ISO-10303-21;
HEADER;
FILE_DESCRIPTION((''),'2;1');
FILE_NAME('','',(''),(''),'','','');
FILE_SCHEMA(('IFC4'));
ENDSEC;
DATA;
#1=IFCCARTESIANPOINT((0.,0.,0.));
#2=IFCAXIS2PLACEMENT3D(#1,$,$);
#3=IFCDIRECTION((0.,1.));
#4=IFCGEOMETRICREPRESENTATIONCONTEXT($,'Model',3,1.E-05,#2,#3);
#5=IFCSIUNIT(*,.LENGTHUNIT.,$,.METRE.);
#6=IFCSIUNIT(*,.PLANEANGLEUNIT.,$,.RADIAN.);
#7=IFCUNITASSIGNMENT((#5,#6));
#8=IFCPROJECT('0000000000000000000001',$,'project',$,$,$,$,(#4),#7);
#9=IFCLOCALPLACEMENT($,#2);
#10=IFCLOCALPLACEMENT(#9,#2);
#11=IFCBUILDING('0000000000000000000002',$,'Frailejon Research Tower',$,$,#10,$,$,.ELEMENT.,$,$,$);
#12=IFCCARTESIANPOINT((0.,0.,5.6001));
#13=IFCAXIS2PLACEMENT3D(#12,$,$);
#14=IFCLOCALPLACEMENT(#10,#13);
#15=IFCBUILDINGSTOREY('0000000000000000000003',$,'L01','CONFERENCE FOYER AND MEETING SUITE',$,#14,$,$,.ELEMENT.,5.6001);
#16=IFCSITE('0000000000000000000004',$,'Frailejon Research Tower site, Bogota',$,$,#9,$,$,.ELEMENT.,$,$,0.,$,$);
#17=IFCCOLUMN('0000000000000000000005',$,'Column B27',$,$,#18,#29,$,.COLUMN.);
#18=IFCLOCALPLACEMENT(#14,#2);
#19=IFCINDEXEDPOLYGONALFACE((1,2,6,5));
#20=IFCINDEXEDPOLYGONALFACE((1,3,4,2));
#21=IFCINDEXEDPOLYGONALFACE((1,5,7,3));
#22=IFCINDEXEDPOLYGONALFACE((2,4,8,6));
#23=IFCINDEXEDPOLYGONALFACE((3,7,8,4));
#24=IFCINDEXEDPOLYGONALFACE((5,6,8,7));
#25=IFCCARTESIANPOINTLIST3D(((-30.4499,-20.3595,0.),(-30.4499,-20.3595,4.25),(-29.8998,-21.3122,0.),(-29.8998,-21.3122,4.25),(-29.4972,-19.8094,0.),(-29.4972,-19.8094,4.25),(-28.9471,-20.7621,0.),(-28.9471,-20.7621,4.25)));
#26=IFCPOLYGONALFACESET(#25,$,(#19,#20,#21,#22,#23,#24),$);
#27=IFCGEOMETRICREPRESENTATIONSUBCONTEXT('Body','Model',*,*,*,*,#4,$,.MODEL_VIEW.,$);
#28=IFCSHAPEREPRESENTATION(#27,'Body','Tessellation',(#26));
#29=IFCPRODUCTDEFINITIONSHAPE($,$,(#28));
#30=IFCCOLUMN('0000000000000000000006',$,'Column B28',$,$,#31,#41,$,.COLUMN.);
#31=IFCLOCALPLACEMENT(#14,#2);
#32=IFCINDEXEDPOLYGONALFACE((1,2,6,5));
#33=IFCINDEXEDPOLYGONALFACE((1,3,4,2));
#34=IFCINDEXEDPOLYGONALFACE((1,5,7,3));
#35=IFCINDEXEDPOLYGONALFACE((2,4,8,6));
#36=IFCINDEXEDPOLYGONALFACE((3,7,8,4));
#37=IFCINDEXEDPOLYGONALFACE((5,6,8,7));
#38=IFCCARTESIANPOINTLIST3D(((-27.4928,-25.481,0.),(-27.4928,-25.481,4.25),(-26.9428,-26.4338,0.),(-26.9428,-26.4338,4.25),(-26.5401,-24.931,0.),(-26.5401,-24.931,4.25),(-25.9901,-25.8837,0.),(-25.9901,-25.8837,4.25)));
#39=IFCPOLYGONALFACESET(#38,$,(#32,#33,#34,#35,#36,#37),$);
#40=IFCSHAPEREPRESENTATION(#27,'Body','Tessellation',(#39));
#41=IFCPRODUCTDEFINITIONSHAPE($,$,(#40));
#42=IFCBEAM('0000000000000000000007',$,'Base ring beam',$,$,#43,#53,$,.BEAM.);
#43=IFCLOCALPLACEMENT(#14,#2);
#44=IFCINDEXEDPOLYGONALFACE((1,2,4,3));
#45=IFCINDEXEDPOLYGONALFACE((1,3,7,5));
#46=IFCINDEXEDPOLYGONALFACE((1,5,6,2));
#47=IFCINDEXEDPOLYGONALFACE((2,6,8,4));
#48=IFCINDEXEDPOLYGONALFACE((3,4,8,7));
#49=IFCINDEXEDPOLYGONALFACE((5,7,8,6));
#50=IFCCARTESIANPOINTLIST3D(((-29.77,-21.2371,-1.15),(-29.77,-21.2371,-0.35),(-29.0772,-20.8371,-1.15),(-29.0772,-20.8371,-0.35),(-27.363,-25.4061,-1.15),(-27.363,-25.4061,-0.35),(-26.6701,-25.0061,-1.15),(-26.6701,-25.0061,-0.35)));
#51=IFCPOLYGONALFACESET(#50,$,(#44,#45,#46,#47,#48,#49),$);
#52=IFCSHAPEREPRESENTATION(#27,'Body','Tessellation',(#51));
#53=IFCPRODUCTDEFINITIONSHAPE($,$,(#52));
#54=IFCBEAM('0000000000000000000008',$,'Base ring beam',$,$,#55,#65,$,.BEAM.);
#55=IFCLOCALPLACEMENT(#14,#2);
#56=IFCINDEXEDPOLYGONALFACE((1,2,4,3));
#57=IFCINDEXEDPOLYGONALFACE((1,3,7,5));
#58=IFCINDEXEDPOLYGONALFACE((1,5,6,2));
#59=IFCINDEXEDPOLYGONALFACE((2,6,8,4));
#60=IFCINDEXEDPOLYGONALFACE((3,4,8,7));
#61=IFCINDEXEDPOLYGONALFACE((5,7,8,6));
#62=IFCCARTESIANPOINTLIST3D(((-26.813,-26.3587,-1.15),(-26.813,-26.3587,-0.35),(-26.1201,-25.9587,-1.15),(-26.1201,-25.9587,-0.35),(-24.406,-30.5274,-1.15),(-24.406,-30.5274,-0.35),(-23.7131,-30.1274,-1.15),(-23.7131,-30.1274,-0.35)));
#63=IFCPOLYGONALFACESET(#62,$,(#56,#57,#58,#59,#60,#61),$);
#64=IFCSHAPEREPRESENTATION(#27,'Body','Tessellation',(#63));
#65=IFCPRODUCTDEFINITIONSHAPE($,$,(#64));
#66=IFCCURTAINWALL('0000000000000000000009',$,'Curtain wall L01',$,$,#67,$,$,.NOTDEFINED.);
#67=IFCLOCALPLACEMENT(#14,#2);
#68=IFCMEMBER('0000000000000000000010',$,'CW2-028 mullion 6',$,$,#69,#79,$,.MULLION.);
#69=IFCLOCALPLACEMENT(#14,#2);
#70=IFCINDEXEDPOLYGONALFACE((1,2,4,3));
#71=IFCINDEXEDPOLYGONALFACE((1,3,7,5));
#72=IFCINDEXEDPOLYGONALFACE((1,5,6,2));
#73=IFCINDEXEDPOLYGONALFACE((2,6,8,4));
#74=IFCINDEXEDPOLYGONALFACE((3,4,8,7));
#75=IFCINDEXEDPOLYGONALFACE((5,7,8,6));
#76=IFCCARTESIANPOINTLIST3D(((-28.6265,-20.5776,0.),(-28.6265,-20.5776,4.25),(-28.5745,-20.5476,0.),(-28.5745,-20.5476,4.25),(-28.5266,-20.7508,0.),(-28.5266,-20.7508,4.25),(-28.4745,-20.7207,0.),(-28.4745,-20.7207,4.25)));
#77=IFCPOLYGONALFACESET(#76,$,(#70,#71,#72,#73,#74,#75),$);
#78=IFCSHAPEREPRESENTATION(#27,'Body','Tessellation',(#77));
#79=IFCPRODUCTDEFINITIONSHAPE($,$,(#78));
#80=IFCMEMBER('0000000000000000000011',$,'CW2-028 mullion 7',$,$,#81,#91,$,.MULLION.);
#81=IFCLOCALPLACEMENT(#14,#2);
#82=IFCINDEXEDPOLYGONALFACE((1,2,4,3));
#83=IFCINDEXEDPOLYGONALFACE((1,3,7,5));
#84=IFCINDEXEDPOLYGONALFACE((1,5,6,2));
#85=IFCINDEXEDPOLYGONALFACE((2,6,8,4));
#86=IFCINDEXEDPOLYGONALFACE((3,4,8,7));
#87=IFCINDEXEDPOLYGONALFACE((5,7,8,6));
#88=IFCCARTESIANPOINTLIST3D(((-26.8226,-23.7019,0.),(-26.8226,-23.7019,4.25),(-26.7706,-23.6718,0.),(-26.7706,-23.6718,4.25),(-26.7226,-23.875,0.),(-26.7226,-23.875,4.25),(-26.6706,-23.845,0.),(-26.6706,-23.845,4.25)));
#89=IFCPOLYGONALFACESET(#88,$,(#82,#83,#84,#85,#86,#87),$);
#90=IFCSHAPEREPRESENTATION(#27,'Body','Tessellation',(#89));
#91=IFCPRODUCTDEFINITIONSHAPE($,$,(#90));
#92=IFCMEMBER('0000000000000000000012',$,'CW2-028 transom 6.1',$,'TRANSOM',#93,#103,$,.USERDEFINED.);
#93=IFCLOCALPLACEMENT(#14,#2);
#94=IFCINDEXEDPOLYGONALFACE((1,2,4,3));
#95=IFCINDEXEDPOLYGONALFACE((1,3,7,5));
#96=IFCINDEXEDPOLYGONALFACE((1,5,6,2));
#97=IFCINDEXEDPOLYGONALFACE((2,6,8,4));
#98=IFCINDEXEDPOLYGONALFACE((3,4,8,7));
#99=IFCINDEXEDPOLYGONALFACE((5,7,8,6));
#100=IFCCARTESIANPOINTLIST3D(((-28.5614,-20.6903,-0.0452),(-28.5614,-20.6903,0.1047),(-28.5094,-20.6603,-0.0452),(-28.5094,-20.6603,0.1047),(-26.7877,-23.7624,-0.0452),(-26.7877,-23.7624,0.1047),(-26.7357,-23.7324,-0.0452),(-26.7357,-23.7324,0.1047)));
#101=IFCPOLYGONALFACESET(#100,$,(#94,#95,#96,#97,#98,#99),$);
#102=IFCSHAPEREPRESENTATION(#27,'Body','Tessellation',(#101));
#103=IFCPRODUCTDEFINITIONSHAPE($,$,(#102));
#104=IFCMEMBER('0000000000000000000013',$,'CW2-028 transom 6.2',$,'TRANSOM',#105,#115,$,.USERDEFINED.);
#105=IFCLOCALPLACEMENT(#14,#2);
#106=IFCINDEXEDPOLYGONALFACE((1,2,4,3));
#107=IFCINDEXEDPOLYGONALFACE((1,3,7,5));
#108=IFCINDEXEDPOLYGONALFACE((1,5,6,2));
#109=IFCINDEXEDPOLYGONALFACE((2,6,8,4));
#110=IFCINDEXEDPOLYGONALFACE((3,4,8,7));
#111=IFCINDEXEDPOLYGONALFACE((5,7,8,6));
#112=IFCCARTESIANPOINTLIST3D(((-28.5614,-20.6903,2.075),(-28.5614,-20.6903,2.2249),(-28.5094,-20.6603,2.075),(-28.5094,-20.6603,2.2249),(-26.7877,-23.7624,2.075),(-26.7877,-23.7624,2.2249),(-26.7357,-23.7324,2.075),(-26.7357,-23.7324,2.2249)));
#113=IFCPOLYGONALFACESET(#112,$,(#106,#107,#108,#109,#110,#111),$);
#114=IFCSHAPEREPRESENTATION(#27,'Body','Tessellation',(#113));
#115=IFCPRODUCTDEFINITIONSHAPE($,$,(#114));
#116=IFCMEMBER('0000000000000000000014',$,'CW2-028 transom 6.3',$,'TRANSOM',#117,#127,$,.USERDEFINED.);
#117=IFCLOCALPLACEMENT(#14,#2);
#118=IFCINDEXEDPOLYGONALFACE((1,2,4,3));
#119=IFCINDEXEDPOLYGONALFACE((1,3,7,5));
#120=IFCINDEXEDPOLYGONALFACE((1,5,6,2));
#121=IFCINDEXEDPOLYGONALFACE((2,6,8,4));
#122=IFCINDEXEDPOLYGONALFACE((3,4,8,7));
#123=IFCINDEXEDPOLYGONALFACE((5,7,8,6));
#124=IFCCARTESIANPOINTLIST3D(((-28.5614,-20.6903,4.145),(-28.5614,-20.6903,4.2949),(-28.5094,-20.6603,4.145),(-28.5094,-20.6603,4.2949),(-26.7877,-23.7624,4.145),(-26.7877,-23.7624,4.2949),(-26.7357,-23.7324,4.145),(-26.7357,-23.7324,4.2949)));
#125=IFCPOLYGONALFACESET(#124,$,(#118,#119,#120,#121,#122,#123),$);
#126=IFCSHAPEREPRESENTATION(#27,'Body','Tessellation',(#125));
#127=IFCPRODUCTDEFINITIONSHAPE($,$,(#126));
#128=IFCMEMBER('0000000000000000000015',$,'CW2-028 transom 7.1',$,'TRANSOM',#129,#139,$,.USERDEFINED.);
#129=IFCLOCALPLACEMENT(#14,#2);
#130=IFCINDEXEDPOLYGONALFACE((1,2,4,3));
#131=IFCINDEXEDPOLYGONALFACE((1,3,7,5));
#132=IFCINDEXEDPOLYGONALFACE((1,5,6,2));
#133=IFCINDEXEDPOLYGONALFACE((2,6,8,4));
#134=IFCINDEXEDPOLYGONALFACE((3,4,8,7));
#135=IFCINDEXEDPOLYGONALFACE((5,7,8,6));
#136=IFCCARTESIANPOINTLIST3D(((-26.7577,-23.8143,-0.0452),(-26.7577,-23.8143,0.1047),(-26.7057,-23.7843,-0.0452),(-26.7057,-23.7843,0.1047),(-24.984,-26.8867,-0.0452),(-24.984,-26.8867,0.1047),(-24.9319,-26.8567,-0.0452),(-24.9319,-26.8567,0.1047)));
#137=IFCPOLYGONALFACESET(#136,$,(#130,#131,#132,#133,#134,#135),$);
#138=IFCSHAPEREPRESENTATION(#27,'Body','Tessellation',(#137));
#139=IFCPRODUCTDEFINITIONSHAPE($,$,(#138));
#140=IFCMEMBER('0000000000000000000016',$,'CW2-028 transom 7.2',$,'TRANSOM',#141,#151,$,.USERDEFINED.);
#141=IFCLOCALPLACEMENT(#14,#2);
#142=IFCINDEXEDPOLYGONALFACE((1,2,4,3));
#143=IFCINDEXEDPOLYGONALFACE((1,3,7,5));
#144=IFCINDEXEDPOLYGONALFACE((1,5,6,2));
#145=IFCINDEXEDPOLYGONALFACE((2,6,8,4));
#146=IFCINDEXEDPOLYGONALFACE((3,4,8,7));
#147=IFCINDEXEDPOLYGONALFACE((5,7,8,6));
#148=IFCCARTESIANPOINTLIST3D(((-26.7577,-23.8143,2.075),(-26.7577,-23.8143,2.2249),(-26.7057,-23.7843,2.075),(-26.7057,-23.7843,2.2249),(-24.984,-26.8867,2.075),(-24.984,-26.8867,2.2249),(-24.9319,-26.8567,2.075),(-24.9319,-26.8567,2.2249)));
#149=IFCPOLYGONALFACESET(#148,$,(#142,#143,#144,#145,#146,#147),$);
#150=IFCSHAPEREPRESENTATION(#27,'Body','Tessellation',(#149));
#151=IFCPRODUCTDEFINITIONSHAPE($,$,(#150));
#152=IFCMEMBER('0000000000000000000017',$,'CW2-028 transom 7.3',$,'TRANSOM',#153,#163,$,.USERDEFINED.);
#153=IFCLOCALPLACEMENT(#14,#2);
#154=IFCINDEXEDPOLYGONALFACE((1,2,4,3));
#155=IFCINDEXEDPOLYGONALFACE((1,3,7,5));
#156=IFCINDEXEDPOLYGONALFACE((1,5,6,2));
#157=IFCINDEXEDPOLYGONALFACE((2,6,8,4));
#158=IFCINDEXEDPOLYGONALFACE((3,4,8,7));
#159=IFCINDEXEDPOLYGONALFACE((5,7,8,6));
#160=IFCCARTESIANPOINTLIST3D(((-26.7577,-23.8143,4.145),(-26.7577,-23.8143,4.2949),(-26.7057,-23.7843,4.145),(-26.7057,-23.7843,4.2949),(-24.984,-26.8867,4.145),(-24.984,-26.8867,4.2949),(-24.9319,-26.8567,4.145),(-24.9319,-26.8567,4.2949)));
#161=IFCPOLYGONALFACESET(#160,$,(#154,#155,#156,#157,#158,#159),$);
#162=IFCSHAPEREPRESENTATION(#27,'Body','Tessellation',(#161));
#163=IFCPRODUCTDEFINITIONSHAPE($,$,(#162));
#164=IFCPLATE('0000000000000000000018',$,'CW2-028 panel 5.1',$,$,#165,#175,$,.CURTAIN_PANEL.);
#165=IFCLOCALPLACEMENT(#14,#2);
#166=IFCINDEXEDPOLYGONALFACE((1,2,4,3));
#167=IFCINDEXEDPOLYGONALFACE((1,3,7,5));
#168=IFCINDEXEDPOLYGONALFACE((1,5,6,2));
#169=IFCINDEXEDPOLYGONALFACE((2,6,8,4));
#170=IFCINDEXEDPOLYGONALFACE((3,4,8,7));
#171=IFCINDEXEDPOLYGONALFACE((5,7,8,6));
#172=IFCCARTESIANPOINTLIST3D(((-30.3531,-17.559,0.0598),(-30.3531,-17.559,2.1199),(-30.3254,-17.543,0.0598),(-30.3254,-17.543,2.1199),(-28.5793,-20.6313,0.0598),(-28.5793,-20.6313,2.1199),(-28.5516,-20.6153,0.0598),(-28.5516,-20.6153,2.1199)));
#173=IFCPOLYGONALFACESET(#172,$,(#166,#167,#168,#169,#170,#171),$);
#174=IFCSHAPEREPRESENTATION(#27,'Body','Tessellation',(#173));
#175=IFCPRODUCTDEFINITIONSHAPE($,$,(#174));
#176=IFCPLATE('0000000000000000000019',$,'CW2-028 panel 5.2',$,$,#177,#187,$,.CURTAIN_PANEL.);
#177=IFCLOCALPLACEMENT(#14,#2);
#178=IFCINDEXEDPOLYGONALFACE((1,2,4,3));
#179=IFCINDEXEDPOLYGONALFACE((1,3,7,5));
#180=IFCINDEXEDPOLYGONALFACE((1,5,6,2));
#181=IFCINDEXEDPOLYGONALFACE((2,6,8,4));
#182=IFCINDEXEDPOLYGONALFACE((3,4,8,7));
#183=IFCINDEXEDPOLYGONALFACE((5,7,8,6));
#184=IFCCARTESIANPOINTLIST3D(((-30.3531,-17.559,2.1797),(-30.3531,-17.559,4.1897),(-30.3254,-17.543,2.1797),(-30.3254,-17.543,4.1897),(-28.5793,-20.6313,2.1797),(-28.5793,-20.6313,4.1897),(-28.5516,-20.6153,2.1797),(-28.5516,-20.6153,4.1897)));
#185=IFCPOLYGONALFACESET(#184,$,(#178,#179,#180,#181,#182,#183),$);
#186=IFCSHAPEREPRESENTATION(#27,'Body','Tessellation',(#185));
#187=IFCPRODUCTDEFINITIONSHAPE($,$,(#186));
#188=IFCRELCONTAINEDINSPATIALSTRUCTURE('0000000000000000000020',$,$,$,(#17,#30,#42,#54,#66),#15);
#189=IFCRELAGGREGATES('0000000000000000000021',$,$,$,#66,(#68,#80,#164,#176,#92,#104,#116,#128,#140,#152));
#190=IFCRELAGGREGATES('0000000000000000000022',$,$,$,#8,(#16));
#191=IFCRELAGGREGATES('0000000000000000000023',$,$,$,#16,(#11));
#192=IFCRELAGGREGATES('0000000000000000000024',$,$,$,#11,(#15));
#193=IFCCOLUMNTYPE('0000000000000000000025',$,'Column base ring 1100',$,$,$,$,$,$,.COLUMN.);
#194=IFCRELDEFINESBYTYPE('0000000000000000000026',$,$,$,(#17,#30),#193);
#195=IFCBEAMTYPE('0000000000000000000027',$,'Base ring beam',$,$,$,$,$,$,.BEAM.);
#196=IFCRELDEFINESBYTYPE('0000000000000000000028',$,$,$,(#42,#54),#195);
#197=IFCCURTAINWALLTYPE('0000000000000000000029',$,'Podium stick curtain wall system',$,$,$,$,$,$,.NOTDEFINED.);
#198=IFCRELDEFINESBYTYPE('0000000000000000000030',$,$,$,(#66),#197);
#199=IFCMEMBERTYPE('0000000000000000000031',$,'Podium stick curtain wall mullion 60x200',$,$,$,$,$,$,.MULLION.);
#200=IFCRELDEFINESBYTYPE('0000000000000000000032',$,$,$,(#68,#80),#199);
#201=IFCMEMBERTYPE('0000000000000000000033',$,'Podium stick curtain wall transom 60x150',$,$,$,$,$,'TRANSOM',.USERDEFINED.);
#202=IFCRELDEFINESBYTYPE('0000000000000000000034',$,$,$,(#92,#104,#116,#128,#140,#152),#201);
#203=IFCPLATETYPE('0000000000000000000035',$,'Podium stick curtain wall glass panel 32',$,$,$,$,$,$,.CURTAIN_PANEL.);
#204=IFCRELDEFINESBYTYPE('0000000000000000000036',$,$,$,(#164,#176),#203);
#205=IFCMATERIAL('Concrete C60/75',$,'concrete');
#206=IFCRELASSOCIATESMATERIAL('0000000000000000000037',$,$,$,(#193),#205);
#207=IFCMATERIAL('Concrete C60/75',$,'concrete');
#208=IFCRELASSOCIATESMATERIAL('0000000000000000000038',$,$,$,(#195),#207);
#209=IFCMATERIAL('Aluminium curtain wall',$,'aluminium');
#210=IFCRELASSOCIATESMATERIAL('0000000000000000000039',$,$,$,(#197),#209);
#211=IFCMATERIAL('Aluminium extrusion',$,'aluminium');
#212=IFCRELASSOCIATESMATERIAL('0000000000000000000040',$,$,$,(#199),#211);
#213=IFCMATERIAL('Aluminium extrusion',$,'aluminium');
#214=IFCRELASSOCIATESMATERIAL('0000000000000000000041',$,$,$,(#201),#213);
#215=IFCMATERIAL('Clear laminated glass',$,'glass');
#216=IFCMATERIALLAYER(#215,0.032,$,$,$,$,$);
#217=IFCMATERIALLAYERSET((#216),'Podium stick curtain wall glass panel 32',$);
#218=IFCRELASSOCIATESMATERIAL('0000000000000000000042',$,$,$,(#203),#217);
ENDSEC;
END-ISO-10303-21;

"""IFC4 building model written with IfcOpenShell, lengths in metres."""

from ifc_helpers import new_model, si_unit, direction, frame, origin, origin_2d, place, context, subcontext, project, spatial, rectangle, extrude, material, layer, layer_set, material_profile, profile_set, type_object, element, aggregate, save


model = new_model("IFC4")

# Units and contexts
model_context = context("Model", 3, precision=1e-05, world=origin(), true_north=direction((0.0, 1.0)))
body_context = subcontext(model_context, "Body", "Model", "MODEL_VIEW")
ifc_project = project(units=[si_unit("LENGTHUNIT", "METRE"), si_unit("PLANEANGLEUNIT", "RADIAN")], contexts=[model_context])

# Site, building, storey
site_placement = place(None, origin())
site = spatial("IfcSite", under=ifc_project, at=site_placement, Name="Frailejon Research Tower site, Bogota", CompositionType="ELEMENT", RefElevation=0.0)
building_placement = place(site_placement, origin())
building = spatial("IfcBuilding", under=site, at=building_placement, Name="Frailejon Research Tower", CompositionType="ELEMENT")
storey_placement = place(building_placement, frame((0.0, 0.0, 5.6001)))
storey = spatial("IfcBuildingStorey", under=building, at=storey_placement, Name="L01", Description="CONFERENCE FOYER AND MEETING SUITE", CompositionType="ELEMENT", Elevation=5.6001)

# Columns
ifc_material_1 = material(Name="Concrete C60/75", Category="concrete")
ifc_material_profile_1 = material_profile(ifc_material_1, rectangle(XDim=1.1001, YDim=1.1001, at=origin_2d()), Name="Column base ring 1100")
ifc_profile_set_1 = profile_set([ifc_material_profile_1], Name="Concrete C60/75")
column_type = type_object("IfcColumnType", Name="Column base ring 1100", PredefinedType="COLUMN", material=ifc_profile_set_1)
for number, where, z_axis, x_axis, name in (
    (1, (-29.6985, -20.5608, 0.0), (0.0, 0.0, 1.0), (0.5, -0.866025, 0.0), "Column B27"),
    (2, (-26.7415, -25.6824, 0.0), (0.0, 0.0, 1.0), (0.5, -0.866025, 0.0), "Column B28"),
):
    element("IfcColumn", number, at=place(storey_placement, frame(where, z_axis=z_axis, x_axis=x_axis)), inside=storey, type_object=column_type, Name=name, PredefinedType="COLUMN", context=body_context, shape_type="SweptSolid", body=[
        extrude(rectangle(XDim=1.1001, YDim=1.1001, at=origin_2d()), origin(), (0.0, 0.0, 1.0), 4.25),
    ])

# Beams
ifc_material_2 = material(Name="Concrete C60/75", Category="concrete")
ifc_material_profile_2 = material_profile(ifc_material_2, rectangle(XDim=0.8, YDim=0.8, at=origin_2d()), Name="Base ring beam")
ifc_profile_set_2 = profile_set([ifc_material_profile_2], Name="Concrete C60/75")
beam_type = type_object("IfcBeamType", Name="Base ring beam", PredefinedType="BEAM", material=ifc_profile_set_2)
beam_1_placement = place(storey_placement, frame((-29.4236, -21.0371, -0.75), z_axis=(0.500006, -0.866022, 0.0), x_axis=(0.866022, 0.500006, 0.0)))
element("IfcBeam", 3, at=beam_1_placement, inside=storey, type_object=beam_type, Name="Base ring beam", PredefinedType="BEAM", context=body_context, shape_type="SweptSolid", body=[
    extrude(rectangle(XDim=0.8, YDim=0.8, at=origin_2d()), origin(), (0.0, 0.0, 1.0), 4.814),
])
beam_2_placement = place(storey_placement, frame((-26.4666, -26.1587, -0.75), z_axis=(0.500028, -0.866009, 0.0), x_axis=(0.866009, 0.500028, 0.0)))
element("IfcBeam", 4, at=beam_2_placement, inside=storey, type_object=beam_type, Name="Base ring beam", PredefinedType="BEAM", context=body_context, shape_type="SweptSolid", body=[
    extrude(rectangle(XDim=0.8, YDim=0.8, at=origin_2d()), origin(), (0.0, 0.0, 1.0), 4.8137),
])

# Curtain wall, members, plates
ifc_material_3 = material(Name="Aluminium curtain wall", Category="aluminium")
curtain_wall_type = type_object("IfcCurtainWallType", Name="Podium stick curtain wall system", PredefinedType="NOTDEFINED", material=ifc_material_3)
curtain_wall_placement = place(storey_placement, origin())
curtain_wall = element("IfcCurtainWall", 5, at=curtain_wall_placement, inside=storey, type_object=curtain_wall_type, Name="Curtain wall L01", PredefinedType="NOTDEFINED")
ifc_material_4 = material(Name="Aluminium extrusion", Category="aluminium")
ifc_material_profile_3 = material_profile(ifc_material_4, rectangle(XDim=0.0601, YDim=0.2, at=origin_2d()), Name="Podium stick curtain wall mullion 60x200")
ifc_profile_set_3 = profile_set([ifc_material_profile_3], Name="Aluminium extrusion")
member_type_1 = type_object("IfcMemberType", Name="Podium stick curtain wall mullion 60x200", PredefinedType="MULLION", material=ifc_profile_set_3)
member_1_placement = place(storey_placement, frame((-28.5505, -20.6492, 0.0), z_axis=(0.0, 0.0, 1.0), x_axis=(0.866026, 0.499998, 0.0)))
member_1 = element("IfcMember", 6, at=member_1_placement, type_object=member_type_1, Name="CW2-028 mullion 6", PredefinedType="MULLION", context=body_context, shape_type="SweptSolid", body=[
    extrude(rectangle(XDim=0.0601, YDim=0.2, at=origin_2d()), origin(), (0.0, 0.0, 1.0), 4.25),
])
member_2_placement = place(storey_placement, frame((-26.7466, -23.7734, 0.0), z_axis=(0.0, 0.0, 1.0), x_axis=(0.866026, 0.499998, 0.0)))
member_2 = element("IfcMember", 7, at=member_2_placement, type_object=member_type_1, Name="CW2-028 mullion 7", PredefinedType="MULLION", context=body_context, shape_type="SweptSolid", body=[
    extrude(rectangle(XDim=0.0601, YDim=0.2, at=origin_2d()), origin(), (0.0, 0.0, 1.0), 4.25),
])
ifc_material_5 = material(Name="Aluminium extrusion", Category="aluminium")
ifc_material_profile_4 = material_profile(ifc_material_5, rectangle(XDim=0.0601, YDim=0.1499, at=origin_2d()), Name="Podium stick curtain wall transom 60x150")
ifc_profile_set_4 = profile_set([ifc_material_profile_4], Name="Aluminium extrusion")
member_type_2 = type_object("IfcMemberType", Name="Podium stick curtain wall transom 60x150", ElementType="TRANSOM", PredefinedType="USERDEFINED", material=ifc_profile_set_4)
member_3_placement = place(storey_placement, frame((-28.5354, -20.6753, 0.0298), z_axis=(0.50001, -0.866019, 0.0), x_axis=(0.866019, 0.50001, 0.0)))
member_3 = element("IfcMember", 8, at=member_3_placement, type_object=member_type_2, Name="CW2-028 transom 6.1", ObjectType="TRANSOM", PredefinedType="USERDEFINED", context=body_context, shape_type="SweptSolid", body=[
    extrude(rectangle(XDim=0.0601, YDim=0.1499, at=origin_2d()), origin(), (0.0, 0.0, 1.0), 3.5474),
])
member_4_placement = place(storey_placement, frame((-28.5354, -20.6753, 2.1499), z_axis=(0.50001, -0.866019, 0.0), x_axis=(0.866019, 0.50001, 0.0)))
member_4 = element("IfcMember", 9, at=member_4_placement, type_object=member_type_2, Name="CW2-028 transom 6.2", ObjectType="TRANSOM", PredefinedType="USERDEFINED", context=body_context, shape_type="SweptSolid", body=[
    extrude(rectangle(XDim=0.0601, YDim=0.1499, at=origin_2d()), origin(), (0.0, 0.0, 1.0), 3.5474),
])
member_5_placement = place(storey_placement, frame((-28.5354, -20.6753, 4.22), z_axis=(0.50001, -0.866019, 0.0), x_axis=(0.866019, 0.50001, 0.0)))
member_5 = element("IfcMember", 10, at=member_5_placement, type_object=member_type_2, Name="CW2-028 transom 6.3", ObjectType="TRANSOM", PredefinedType="USERDEFINED", context=body_context, shape_type="SweptSolid", body=[
    extrude(rectangle(XDim=0.0601, YDim=0.1499, at=origin_2d()), origin(), (0.0, 0.0, 1.0), 3.5474),
])
member_6_placement = place(storey_placement, frame((-26.7317, -23.7993, 0.0298), z_axis=(0.499981, -0.866037, 0.0), x_axis=(0.866037, 0.499981, 0.0)))
member_6 = element("IfcMember", 11, at=member_6_placement, type_object=member_type_2, Name="CW2-028 transom 7.1", ObjectType="TRANSOM", PredefinedType="USERDEFINED", context=body_context, shape_type="SweptSolid", body=[
    extrude(rectangle(XDim=0.0601, YDim=0.1499, at=origin_2d()), origin(), (0.0, 0.0, 1.0), 3.5476),
])
member_7_placement = place(storey_placement, frame((-26.7317, -23.7993, 2.1499), z_axis=(0.499981, -0.866037, 0.0), x_axis=(0.866037, 0.499981, 0.0)))
member_7 = element("IfcMember", 12, at=member_7_placement, type_object=member_type_2, Name="CW2-028 transom 7.2", ObjectType="TRANSOM", PredefinedType="USERDEFINED", context=body_context, shape_type="SweptSolid", body=[
    extrude(rectangle(XDim=0.0601, YDim=0.1499, at=origin_2d()), origin(), (0.0, 0.0, 1.0), 3.5476),
])
member_8_placement = place(storey_placement, frame((-26.7317, -23.7993, 4.22), z_axis=(0.499981, -0.866037, 0.0), x_axis=(0.866037, 0.499981, 0.0)))
member_8 = element("IfcMember", 13, at=member_8_placement, type_object=member_type_2, Name="CW2-028 transom 7.3", ObjectType="TRANSOM", PredefinedType="USERDEFINED", context=body_context, shape_type="SweptSolid", body=[
    extrude(rectangle(XDim=0.0601, YDim=0.1499, at=origin_2d()), origin(), (0.0, 0.0, 1.0), 3.5476),
])
ifc_material_6 = material(Name="Clear laminated glass", Category="glass")
ifc_layer_1 = layer(ifc_material_6, 0.032)
ifc_layer_set_1 = layer_set([ifc_layer_1], Name="Podium stick curtain wall glass panel 32")
plate_type = type_object("IfcPlateType", Name="Podium stick curtain wall glass panel 32", PredefinedType="CURTAIN_PANEL", material=ifc_layer_set_1)
plate_1_placement = place(storey_placement, frame((-29.4524, -19.0872, 0.0598), z_axis=(0.0, 0.0, 1.0), x_axis=(0.499998, -0.866026, 0.0)))
plate_1 = element("IfcPlate", 14, at=plate_1_placement, type_object=plate_type, Name="CW2-028 panel 5.1", PredefinedType="CURTAIN_PANEL", context=body_context, shape_type="SweptSolid", body=[
    extrude(rectangle(XDim=3.5476, YDim=0.032, at=origin_2d()), origin(), (0.0, 0.0, 1.0), 2.0601),
])
plate_2_placement = place(storey_placement, frame((-29.4524, -19.0872, 2.1797), z_axis=(0.0, 0.0, 1.0), x_axis=(0.499998, -0.866026, 0.0)))
plate_2 = element("IfcPlate", 15, at=plate_2_placement, type_object=plate_type, Name="CW2-028 panel 5.2", PredefinedType="CURTAIN_PANEL", context=body_context, shape_type="SweptSolid", body=[
    extrude(rectangle(XDim=3.5476, YDim=0.032, at=origin_2d()), origin(), (0.0, 0.0, 1.0), 2.01),
])
aggregate(curtain_wall, [member_1, member_2, plate_1, plate_2, member_3, member_4, member_5, member_6, member_7, member_8])

save(model, "model.ifc")
